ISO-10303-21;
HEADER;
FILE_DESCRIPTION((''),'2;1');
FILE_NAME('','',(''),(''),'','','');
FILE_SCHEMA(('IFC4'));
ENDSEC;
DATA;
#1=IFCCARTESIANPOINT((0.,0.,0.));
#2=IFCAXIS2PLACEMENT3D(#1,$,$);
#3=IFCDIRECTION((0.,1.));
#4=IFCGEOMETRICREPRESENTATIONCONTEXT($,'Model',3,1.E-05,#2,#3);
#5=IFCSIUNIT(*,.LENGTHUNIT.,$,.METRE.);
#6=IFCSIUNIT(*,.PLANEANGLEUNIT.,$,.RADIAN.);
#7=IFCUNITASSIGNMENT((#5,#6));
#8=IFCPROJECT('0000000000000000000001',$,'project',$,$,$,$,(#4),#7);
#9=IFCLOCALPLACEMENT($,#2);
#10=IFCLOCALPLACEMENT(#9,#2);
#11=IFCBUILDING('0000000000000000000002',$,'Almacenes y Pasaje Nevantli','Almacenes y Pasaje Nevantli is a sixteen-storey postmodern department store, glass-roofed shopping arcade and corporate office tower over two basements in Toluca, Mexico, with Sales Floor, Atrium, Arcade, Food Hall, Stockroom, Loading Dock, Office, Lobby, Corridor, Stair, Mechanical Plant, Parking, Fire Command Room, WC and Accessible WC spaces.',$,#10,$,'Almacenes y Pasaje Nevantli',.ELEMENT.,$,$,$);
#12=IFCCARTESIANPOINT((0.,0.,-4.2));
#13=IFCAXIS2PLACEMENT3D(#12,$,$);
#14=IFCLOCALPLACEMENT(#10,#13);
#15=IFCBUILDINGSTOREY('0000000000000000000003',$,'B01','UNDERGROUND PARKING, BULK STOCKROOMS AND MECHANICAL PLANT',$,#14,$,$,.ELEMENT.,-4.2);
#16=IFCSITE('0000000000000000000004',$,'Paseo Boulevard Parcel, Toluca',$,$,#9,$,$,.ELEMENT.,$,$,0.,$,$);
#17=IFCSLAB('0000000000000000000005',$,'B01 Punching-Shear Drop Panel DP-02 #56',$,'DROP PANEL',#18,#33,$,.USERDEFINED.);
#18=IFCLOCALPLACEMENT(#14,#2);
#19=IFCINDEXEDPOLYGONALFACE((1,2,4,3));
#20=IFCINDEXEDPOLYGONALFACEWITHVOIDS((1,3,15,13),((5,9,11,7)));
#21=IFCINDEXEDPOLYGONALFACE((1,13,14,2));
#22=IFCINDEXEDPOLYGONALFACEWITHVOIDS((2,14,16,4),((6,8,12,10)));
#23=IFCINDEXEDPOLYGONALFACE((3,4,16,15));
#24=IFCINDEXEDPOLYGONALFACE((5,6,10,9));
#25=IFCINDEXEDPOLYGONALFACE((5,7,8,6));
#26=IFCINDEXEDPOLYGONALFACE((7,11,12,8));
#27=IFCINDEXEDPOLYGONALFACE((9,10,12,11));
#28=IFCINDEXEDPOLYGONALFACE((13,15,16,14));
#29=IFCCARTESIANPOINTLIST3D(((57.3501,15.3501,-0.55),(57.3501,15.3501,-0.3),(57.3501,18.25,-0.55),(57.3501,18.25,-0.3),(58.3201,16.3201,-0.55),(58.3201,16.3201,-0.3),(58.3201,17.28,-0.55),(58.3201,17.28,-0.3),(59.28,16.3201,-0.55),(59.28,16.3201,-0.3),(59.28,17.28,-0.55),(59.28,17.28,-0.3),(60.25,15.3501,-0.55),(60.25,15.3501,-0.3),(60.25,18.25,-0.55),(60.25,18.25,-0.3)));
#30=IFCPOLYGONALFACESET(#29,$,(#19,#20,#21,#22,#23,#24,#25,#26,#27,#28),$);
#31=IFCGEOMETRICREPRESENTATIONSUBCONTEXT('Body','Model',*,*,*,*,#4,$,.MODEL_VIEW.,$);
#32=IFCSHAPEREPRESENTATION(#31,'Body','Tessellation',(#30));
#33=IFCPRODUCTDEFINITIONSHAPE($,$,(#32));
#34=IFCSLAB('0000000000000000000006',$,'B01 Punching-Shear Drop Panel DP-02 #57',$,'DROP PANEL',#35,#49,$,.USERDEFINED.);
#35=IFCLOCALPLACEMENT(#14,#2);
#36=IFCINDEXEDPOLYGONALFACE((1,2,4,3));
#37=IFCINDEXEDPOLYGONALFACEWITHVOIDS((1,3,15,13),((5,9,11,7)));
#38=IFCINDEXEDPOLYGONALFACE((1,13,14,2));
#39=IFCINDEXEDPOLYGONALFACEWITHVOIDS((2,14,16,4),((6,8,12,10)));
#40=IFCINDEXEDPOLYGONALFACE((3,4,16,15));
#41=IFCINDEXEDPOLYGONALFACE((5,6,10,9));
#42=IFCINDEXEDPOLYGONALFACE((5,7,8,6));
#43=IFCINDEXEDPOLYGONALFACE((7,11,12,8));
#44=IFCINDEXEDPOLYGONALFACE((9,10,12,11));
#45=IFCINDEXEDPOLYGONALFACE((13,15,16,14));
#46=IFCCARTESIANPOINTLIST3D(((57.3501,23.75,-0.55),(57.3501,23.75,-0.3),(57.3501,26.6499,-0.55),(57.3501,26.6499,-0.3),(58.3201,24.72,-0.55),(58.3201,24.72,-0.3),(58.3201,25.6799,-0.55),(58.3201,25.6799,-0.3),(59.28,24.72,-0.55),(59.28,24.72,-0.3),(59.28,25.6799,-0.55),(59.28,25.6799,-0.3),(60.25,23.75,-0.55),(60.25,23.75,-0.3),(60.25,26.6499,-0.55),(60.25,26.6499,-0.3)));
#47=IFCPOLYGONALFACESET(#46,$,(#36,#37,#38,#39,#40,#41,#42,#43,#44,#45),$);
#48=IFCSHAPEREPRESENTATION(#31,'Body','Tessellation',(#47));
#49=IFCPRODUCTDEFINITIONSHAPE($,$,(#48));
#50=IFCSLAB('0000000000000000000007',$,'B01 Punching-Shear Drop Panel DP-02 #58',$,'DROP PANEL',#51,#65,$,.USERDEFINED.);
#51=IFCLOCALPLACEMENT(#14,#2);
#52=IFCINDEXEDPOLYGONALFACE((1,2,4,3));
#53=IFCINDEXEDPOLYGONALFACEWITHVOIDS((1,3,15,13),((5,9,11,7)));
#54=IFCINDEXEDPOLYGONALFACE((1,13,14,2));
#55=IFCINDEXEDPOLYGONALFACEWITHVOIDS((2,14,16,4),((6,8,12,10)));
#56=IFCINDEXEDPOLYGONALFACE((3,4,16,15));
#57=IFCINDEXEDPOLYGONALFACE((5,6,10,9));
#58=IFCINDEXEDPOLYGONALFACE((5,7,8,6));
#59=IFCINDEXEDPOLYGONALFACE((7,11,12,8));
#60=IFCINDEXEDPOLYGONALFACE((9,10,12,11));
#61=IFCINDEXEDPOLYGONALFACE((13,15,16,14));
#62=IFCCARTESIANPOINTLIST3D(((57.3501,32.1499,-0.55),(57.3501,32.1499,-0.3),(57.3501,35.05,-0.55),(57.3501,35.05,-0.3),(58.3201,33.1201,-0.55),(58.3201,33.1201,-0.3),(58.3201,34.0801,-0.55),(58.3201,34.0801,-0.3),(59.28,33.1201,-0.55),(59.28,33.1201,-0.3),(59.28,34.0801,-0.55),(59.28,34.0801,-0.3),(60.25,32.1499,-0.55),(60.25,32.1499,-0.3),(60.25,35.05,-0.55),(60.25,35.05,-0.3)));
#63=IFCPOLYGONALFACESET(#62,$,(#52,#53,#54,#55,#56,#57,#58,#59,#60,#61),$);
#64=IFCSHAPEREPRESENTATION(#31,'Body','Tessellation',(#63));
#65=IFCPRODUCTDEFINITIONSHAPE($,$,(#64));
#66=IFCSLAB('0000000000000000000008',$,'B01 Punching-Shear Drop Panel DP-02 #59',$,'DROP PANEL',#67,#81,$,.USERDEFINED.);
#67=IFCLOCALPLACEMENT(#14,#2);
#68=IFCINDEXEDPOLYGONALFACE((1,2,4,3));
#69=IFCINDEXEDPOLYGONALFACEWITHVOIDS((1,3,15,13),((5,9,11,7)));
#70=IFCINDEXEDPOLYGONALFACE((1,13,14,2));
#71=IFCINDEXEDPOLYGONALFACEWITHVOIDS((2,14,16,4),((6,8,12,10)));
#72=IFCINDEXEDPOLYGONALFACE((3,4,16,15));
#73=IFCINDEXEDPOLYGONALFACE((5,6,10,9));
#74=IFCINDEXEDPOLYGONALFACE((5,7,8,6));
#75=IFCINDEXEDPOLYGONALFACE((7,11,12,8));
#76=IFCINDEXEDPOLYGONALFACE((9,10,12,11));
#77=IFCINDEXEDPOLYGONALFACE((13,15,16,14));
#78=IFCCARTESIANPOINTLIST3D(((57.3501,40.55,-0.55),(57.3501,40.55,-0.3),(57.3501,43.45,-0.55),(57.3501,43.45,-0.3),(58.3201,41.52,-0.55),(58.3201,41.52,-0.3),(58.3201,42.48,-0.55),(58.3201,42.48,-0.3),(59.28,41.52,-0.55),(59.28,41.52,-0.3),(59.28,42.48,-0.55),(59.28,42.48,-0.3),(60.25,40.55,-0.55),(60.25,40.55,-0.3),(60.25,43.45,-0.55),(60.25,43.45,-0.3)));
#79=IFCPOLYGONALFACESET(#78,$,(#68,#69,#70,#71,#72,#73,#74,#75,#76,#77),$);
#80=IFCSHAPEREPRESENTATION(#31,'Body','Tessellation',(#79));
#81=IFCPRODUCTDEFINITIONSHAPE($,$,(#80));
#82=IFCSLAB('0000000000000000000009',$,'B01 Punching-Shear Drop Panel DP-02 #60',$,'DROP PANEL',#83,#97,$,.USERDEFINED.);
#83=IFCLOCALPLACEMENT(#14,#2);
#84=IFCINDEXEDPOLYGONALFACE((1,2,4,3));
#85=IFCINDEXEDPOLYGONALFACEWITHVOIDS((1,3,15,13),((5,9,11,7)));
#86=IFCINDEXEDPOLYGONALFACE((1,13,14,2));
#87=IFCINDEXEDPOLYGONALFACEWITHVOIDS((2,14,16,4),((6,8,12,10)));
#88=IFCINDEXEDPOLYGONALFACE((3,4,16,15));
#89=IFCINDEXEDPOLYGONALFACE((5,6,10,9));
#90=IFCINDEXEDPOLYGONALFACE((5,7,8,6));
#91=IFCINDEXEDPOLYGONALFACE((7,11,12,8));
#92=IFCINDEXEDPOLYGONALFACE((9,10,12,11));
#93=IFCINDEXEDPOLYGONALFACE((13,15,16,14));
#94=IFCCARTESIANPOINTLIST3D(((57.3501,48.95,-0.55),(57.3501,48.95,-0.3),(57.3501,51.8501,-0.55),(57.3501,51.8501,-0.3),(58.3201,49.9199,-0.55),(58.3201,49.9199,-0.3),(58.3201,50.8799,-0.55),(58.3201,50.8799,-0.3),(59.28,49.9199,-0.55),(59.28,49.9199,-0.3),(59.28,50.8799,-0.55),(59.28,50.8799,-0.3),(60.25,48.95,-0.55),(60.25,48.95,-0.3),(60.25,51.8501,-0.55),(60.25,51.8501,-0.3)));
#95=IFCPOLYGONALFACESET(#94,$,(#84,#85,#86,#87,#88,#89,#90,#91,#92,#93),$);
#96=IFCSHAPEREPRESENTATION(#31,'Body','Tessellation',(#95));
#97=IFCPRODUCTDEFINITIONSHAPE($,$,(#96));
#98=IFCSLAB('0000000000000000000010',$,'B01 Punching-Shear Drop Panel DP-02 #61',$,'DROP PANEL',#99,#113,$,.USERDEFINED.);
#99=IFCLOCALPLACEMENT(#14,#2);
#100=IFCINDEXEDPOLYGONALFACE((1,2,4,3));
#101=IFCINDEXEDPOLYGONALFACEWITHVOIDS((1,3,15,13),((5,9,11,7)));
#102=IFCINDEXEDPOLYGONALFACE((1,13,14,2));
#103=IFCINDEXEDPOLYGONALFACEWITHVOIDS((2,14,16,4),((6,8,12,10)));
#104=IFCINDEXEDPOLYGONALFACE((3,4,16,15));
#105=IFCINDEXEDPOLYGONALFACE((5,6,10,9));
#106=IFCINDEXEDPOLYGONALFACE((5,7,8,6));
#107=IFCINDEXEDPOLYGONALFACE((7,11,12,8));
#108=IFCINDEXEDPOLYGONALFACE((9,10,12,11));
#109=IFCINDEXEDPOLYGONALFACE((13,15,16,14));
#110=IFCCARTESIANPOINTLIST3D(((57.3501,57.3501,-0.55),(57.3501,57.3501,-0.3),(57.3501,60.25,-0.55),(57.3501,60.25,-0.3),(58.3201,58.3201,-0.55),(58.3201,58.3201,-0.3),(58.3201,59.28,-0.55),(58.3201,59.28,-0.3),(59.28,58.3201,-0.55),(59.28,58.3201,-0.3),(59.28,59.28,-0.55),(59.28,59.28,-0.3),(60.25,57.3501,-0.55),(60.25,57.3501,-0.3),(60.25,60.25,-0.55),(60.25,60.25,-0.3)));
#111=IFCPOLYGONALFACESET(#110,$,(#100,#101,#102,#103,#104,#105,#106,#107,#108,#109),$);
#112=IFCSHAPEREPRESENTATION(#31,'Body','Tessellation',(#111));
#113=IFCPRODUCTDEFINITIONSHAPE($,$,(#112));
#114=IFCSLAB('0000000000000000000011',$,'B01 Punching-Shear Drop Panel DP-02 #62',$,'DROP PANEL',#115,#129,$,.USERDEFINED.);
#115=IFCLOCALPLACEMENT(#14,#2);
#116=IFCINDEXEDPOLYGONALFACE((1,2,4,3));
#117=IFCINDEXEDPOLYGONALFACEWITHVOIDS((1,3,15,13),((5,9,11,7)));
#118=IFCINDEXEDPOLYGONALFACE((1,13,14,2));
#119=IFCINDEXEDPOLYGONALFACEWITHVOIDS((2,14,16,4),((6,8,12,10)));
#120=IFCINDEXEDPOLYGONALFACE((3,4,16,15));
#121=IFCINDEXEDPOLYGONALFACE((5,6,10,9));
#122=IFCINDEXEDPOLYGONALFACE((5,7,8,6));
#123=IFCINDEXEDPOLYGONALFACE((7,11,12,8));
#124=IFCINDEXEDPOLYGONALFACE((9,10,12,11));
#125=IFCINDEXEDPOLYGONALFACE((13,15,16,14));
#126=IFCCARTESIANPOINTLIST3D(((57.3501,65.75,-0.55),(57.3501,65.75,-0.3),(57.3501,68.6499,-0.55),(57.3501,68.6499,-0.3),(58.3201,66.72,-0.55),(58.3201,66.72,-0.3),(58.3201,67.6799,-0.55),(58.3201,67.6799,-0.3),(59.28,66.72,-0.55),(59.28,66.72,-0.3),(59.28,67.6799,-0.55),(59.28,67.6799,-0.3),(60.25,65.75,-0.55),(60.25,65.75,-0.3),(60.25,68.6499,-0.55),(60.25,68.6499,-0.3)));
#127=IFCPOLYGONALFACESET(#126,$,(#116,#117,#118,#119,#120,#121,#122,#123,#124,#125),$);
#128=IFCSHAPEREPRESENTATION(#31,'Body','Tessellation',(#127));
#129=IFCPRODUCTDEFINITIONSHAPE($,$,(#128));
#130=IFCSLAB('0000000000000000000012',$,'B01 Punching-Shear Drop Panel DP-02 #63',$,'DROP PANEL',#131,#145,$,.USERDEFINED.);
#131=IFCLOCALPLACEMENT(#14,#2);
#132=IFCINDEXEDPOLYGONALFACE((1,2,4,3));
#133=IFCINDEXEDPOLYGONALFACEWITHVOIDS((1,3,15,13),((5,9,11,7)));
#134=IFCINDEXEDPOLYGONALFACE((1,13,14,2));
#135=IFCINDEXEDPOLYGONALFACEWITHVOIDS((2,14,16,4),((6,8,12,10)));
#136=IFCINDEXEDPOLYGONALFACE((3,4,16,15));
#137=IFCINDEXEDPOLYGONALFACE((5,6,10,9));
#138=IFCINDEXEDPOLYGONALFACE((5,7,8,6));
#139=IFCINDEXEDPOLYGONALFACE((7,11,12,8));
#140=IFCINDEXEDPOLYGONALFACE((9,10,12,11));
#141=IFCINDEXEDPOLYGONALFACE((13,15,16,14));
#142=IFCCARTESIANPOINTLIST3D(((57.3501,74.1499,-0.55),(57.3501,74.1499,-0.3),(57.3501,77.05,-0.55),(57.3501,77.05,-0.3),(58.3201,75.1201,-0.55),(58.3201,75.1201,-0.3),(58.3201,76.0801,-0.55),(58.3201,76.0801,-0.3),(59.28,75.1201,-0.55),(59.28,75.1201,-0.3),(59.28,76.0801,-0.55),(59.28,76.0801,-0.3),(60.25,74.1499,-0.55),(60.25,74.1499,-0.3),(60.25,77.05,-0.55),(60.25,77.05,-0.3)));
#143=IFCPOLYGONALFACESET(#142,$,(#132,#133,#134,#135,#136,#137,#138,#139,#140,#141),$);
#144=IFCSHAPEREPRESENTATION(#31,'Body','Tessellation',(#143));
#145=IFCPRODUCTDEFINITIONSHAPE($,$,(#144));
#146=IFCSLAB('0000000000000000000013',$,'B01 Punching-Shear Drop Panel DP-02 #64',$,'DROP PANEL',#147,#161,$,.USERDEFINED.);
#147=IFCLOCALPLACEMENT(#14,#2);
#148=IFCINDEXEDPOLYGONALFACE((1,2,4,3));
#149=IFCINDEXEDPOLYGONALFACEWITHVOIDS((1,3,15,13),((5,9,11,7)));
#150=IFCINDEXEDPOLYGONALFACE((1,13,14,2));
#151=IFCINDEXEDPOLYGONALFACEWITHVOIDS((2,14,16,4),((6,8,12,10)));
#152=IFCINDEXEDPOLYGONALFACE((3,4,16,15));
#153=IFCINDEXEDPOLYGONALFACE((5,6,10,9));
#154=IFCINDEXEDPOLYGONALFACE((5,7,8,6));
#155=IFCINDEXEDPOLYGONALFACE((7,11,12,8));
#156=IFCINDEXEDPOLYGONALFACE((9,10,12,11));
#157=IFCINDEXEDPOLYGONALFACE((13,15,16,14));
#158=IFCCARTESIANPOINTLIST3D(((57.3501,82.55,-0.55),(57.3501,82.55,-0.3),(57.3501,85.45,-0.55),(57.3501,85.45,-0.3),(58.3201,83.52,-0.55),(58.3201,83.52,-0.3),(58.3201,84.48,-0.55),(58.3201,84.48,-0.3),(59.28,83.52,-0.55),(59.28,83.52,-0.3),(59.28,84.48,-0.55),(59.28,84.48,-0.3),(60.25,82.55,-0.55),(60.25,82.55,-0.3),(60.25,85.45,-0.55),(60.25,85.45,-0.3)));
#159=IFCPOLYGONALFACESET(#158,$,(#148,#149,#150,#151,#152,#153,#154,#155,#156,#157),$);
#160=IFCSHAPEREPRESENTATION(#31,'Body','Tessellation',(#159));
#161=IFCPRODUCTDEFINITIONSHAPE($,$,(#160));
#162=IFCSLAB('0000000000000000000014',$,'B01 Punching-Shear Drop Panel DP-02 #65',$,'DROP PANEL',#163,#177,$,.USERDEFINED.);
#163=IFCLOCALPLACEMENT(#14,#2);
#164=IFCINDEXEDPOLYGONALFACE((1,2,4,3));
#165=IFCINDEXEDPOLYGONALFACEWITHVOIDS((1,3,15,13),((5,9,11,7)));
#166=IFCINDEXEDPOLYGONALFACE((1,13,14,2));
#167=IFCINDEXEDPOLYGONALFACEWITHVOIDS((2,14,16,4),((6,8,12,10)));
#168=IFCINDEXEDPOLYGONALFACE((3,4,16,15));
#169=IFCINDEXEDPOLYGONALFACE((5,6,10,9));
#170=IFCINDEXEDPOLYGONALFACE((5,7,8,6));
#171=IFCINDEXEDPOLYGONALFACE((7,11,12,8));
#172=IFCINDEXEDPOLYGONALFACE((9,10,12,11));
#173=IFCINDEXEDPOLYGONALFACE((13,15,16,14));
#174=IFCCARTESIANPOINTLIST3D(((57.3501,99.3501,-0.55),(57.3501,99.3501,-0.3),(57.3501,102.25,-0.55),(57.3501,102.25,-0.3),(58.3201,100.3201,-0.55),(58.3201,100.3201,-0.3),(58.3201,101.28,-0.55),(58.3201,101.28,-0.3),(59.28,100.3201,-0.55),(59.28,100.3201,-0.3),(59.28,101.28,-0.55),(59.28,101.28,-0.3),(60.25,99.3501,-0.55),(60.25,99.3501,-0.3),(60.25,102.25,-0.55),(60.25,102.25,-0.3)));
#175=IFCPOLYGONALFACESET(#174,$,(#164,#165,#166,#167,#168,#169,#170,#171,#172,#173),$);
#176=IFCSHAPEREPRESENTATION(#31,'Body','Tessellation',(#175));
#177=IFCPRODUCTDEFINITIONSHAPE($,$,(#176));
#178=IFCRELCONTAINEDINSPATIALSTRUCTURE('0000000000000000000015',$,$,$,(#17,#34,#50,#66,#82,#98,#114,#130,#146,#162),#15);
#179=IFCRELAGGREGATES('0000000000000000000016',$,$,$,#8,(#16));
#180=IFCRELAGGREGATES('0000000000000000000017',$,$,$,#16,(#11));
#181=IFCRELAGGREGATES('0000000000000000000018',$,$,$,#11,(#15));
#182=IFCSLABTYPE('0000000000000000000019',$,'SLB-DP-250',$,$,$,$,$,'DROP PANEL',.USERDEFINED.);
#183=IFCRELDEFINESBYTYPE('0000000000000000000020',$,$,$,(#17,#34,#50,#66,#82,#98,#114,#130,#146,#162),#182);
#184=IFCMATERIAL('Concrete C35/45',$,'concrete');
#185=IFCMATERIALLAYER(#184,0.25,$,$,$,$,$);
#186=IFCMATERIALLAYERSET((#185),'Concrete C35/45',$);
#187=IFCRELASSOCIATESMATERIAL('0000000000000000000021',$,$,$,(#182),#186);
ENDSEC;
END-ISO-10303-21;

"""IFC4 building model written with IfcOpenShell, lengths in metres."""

from ifc_helpers import new_model, si_unit, direction, frame, origin, place, context, subcontext, project, spatial, polyline, outline, extrude, material, layer, layer_set, type_object, element, save


model = new_model("IFC4")

# Units and contexts
model_context = context("Model", 3, precision=1e-05, world=origin(), true_north=direction((0.0, 1.0)))
body_context = subcontext(model_context, "Body", "Model", "MODEL_VIEW")
ifc_project = project(units=[si_unit("LENGTHUNIT", "METRE"), si_unit("PLANEANGLEUNIT", "RADIAN")], contexts=[model_context])

# Site, building, storey
site_placement = place(None, origin())
site = spatial("IfcSite", under=ifc_project, at=site_placement, Name="Paseo Boulevard Parcel, Toluca", CompositionType="ELEMENT", RefElevation=0.0)
building_placement = place(site_placement, origin())
building = spatial("IfcBuilding", under=site, at=building_placement, Name="Almacenes y Pasaje Nevantli", Description="Almacenes y Pasaje Nevantli is a sixteen-storey postmodern department store, glass-roofed shopping arcade and corporate office tower over two basements in Toluca, Mexico, with Sales Floor, Atrium, Arcade, Food Hall, Stockroom, Loading Dock, Office, Lobby, Corridor, Stair, Mechanical Plant, Parking, Fire Command Room, WC and Accessible WC spaces.", LongName="Almacenes y Pasaje Nevantli", CompositionType="ELEMENT")
storey_placement = place(building_placement, frame((0.0, 0.0, -4.2)))
storey = spatial("IfcBuildingStorey", under=building, at=storey_placement, Name="B01", Description="UNDERGROUND PARKING, BULK STOCKROOMS AND MECHANICAL PLANT", CompositionType="ELEMENT", Elevation=-4.2)

# Slabs
ifc_material = material(Name="Concrete C35/45", Category="concrete")
ifc_layer = layer(ifc_material, 0.25)
ifc_layer_set = layer_set([ifc_layer], Name="Concrete C35/45")
slab_type = type_object("IfcSlabType", Name="SLB-DP-250", ElementType="DROP PANEL", PredefinedType="USERDEFINED", material=ifc_layer_set)
slab_1_placement = place(storey_placement, frame((0.0, 0.0, -0.55)))
element("IfcSlab", 1, at=slab_1_placement, inside=storey, type_object=slab_type, Name="B01 Punching-Shear Drop Panel DP-02 #56", ObjectType="DROP PANEL", PredefinedType="USERDEFINED", context=body_context, shape_type="SweptSolid", body=[
    extrude(outline(polyline([(57.3501, 15.3501), (60.25, 15.3501), (60.25, 18.25), (57.3501, 18.25), (57.3501, 15.3501)]), holes=[polyline([(58.3201, 16.3201), (59.28, 16.3201), (59.28, 17.28), (58.3201, 17.28), (58.3201, 16.3201)])]), origin(), (0.0, 0.0, 1.0), 0.25),
])
slab_2_placement = place(storey_placement, frame((0.0, 0.0, -0.55)))
element("IfcSlab", 2, at=slab_2_placement, inside=storey, type_object=slab_type, Name="B01 Punching-Shear Drop Panel DP-02 #57", ObjectType="DROP PANEL", PredefinedType="USERDEFINED", context=body_context, shape_type="SweptSolid", body=[
    extrude(outline(polyline([(57.3501, 23.75), (60.25, 23.75), (60.25, 26.6499), (57.3501, 26.6499), (57.3501, 23.75)]), holes=[polyline([(58.3201, 24.72), (59.28, 24.72), (59.28, 25.6799), (58.3201, 25.6799), (58.3201, 24.72)])]), origin(), (0.0, 0.0, 1.0), 0.25),
])
slab_3_placement = place(storey_placement, frame((0.0, 0.0, -0.55)))
element("IfcSlab", 3, at=slab_3_placement, inside=storey, type_object=slab_type, Name="B01 Punching-Shear Drop Panel DP-02 #58", ObjectType="DROP PANEL", PredefinedType="USERDEFINED", context=body_context, shape_type="SweptSolid", body=[
    extrude(outline(polyline([(57.3501, 32.1499), (60.25, 32.1499), (60.25, 35.05), (57.3501, 35.05), (57.3501, 32.1499)]), holes=[polyline([(58.3201, 33.1201), (59.28, 33.1201), (59.28, 34.0801), (58.3201, 34.0801), (58.3201, 33.1201)])]), origin(), (0.0, 0.0, 1.0), 0.25),
])
slab_4_placement = place(storey_placement, frame((0.0, 0.0, -0.55)))
element("IfcSlab", 4, at=slab_4_placement, inside=storey, type_object=slab_type, Name="B01 Punching-Shear Drop Panel DP-02 #59", ObjectType="DROP PANEL", PredefinedType="USERDEFINED", context=body_context, shape_type="SweptSolid", body=[
    extrude(outline(polyline([(57.3501, 40.55), (60.25, 40.55), (60.25, 43.45), (57.3501, 43.45), (57.3501, 40.55)]), holes=[polyline([(58.3201, 41.52), (59.28, 41.52), (59.28, 42.48), (58.3201, 42.48), (58.3201, 41.52)])]), origin(), (0.0, 0.0, 1.0), 0.25),
])
slab_5_placement = place(storey_placement, frame((0.0, 0.0, -0.55)))
element("IfcSlab", 5, at=slab_5_placement, inside=storey, type_object=slab_type, Name="B01 Punching-Shear Drop Panel DP-02 #60", ObjectType="DROP PANEL", PredefinedType="USERDEFINED", context=body_context, shape_type="SweptSolid", body=[
    extrude(outline(polyline([(57.3501, 48.95), (60.25, 48.95), (60.25, 51.8501), (57.3501, 51.8501), (57.3501, 48.95)]), holes=[polyline([(58.3201, 49.9199), (59.28, 49.9199), (59.28, 50.8799), (58.3201, 50.8799), (58.3201, 49.9199)])]), origin(), (0.0, 0.0, 1.0), 0.25),
])
slab_6_placement = place(storey_placement, frame((0.0, 0.0, -0.55)))
element("IfcSlab", 6, at=slab_6_placement, inside=storey, type_object=slab_type, Name="B01 Punching-Shear Drop Panel DP-02 #61", ObjectType="DROP PANEL", PredefinedType="USERDEFINED", context=body_context, shape_type="SweptSolid", body=[
    extrude(outline(polyline([(57.3501, 57.3501), (60.25, 57.3501), (60.25, 60.25), (57.3501, 60.25), (57.3501, 57.3501)]), holes=[polyline([(58.3201, 58.3201), (59.28, 58.3201), (59.28, 59.28), (58.3201, 59.28), (58.3201, 58.3201)])]), origin(), (0.0, 0.0, 1.0), 0.25),
])
slab_7_placement = place(storey_placement, frame((0.0, 0.0, -0.55)))
element("IfcSlab", 7, at=slab_7_placement, inside=storey, type_object=slab_type, Name="B01 Punching-Shear Drop Panel DP-02 #62", ObjectType="DROP PANEL", PredefinedType="USERDEFINED", context=body_context, shape_type="SweptSolid", body=[
    extrude(outline(polyline([(57.3501, 65.75), (60.25, 65.75), (60.25, 68.6499), (57.3501, 68.6499), (57.3501, 65.75)]), holes=[polyline([(58.3201, 66.72), (59.28, 66.72), (59.28, 67.6799), (58.3201, 67.6799), (58.3201, 66.72)])]), origin(), (0.0, 0.0, 1.0), 0.25),
])
slab_8_placement = place(storey_placement, frame((0.0, 0.0, -0.55)))
element("IfcSlab", 8, at=slab_8_placement, inside=storey, type_object=slab_type, Name="B01 Punching-Shear Drop Panel DP-02 #63", ObjectType="DROP PANEL", PredefinedType="USERDEFINED", context=body_context, shape_type="SweptSolid", body=[
    extrude(outline(polyline([(57.3501, 74.1499), (60.25, 74.1499), (60.25, 77.05), (57.3501, 77.05), (57.3501, 74.1499)]), holes=[polyline([(58.3201, 75.1201), (59.28, 75.1201), (59.28, 76.0801), (58.3201, 76.0801), (58.3201, 75.1201)])]), origin(), (0.0, 0.0, 1.0), 0.25),
])
slab_9_placement = place(storey_placement, frame((0.0, 0.0, -0.55)))
element("IfcSlab", 9, at=slab_9_placement, inside=storey, type_object=slab_type, Name="B01 Punching-Shear Drop Panel DP-02 #64", ObjectType="DROP PANEL", PredefinedType="USERDEFINED", context=body_context, shape_type="SweptSolid", body=[
    extrude(outline(polyline([(57.3501, 82.55), (60.25, 82.55), (60.25, 85.45), (57.3501, 85.45), (57.3501, 82.55)]), holes=[polyline([(58.3201, 83.52), (59.28, 83.52), (59.28, 84.48), (58.3201, 84.48), (58.3201, 83.52)])]), origin(), (0.0, 0.0, 1.0), 0.25),
])
slab_10_placement = place(storey_placement, frame((0.0, 0.0, -0.55)))
element("IfcSlab", 10, at=slab_10_placement, inside=storey, type_object=slab_type, Name="B01 Punching-Shear Drop Panel DP-02 #65", ObjectType="DROP PANEL", PredefinedType="USERDEFINED", context=body_context, shape_type="SweptSolid", body=[
    extrude(outline(polyline([(57.3501, 99.3501), (60.25, 99.3501), (60.25, 102.25), (57.3501, 102.25), (57.3501, 99.3501)]), holes=[polyline([(58.3201, 100.3201), (59.28, 100.3201), (59.28, 101.28), (58.3201, 101.28), (58.3201, 100.3201)])]), origin(), (0.0, 0.0, 1.0), 0.25),
])

save(model, "model.ifc")
